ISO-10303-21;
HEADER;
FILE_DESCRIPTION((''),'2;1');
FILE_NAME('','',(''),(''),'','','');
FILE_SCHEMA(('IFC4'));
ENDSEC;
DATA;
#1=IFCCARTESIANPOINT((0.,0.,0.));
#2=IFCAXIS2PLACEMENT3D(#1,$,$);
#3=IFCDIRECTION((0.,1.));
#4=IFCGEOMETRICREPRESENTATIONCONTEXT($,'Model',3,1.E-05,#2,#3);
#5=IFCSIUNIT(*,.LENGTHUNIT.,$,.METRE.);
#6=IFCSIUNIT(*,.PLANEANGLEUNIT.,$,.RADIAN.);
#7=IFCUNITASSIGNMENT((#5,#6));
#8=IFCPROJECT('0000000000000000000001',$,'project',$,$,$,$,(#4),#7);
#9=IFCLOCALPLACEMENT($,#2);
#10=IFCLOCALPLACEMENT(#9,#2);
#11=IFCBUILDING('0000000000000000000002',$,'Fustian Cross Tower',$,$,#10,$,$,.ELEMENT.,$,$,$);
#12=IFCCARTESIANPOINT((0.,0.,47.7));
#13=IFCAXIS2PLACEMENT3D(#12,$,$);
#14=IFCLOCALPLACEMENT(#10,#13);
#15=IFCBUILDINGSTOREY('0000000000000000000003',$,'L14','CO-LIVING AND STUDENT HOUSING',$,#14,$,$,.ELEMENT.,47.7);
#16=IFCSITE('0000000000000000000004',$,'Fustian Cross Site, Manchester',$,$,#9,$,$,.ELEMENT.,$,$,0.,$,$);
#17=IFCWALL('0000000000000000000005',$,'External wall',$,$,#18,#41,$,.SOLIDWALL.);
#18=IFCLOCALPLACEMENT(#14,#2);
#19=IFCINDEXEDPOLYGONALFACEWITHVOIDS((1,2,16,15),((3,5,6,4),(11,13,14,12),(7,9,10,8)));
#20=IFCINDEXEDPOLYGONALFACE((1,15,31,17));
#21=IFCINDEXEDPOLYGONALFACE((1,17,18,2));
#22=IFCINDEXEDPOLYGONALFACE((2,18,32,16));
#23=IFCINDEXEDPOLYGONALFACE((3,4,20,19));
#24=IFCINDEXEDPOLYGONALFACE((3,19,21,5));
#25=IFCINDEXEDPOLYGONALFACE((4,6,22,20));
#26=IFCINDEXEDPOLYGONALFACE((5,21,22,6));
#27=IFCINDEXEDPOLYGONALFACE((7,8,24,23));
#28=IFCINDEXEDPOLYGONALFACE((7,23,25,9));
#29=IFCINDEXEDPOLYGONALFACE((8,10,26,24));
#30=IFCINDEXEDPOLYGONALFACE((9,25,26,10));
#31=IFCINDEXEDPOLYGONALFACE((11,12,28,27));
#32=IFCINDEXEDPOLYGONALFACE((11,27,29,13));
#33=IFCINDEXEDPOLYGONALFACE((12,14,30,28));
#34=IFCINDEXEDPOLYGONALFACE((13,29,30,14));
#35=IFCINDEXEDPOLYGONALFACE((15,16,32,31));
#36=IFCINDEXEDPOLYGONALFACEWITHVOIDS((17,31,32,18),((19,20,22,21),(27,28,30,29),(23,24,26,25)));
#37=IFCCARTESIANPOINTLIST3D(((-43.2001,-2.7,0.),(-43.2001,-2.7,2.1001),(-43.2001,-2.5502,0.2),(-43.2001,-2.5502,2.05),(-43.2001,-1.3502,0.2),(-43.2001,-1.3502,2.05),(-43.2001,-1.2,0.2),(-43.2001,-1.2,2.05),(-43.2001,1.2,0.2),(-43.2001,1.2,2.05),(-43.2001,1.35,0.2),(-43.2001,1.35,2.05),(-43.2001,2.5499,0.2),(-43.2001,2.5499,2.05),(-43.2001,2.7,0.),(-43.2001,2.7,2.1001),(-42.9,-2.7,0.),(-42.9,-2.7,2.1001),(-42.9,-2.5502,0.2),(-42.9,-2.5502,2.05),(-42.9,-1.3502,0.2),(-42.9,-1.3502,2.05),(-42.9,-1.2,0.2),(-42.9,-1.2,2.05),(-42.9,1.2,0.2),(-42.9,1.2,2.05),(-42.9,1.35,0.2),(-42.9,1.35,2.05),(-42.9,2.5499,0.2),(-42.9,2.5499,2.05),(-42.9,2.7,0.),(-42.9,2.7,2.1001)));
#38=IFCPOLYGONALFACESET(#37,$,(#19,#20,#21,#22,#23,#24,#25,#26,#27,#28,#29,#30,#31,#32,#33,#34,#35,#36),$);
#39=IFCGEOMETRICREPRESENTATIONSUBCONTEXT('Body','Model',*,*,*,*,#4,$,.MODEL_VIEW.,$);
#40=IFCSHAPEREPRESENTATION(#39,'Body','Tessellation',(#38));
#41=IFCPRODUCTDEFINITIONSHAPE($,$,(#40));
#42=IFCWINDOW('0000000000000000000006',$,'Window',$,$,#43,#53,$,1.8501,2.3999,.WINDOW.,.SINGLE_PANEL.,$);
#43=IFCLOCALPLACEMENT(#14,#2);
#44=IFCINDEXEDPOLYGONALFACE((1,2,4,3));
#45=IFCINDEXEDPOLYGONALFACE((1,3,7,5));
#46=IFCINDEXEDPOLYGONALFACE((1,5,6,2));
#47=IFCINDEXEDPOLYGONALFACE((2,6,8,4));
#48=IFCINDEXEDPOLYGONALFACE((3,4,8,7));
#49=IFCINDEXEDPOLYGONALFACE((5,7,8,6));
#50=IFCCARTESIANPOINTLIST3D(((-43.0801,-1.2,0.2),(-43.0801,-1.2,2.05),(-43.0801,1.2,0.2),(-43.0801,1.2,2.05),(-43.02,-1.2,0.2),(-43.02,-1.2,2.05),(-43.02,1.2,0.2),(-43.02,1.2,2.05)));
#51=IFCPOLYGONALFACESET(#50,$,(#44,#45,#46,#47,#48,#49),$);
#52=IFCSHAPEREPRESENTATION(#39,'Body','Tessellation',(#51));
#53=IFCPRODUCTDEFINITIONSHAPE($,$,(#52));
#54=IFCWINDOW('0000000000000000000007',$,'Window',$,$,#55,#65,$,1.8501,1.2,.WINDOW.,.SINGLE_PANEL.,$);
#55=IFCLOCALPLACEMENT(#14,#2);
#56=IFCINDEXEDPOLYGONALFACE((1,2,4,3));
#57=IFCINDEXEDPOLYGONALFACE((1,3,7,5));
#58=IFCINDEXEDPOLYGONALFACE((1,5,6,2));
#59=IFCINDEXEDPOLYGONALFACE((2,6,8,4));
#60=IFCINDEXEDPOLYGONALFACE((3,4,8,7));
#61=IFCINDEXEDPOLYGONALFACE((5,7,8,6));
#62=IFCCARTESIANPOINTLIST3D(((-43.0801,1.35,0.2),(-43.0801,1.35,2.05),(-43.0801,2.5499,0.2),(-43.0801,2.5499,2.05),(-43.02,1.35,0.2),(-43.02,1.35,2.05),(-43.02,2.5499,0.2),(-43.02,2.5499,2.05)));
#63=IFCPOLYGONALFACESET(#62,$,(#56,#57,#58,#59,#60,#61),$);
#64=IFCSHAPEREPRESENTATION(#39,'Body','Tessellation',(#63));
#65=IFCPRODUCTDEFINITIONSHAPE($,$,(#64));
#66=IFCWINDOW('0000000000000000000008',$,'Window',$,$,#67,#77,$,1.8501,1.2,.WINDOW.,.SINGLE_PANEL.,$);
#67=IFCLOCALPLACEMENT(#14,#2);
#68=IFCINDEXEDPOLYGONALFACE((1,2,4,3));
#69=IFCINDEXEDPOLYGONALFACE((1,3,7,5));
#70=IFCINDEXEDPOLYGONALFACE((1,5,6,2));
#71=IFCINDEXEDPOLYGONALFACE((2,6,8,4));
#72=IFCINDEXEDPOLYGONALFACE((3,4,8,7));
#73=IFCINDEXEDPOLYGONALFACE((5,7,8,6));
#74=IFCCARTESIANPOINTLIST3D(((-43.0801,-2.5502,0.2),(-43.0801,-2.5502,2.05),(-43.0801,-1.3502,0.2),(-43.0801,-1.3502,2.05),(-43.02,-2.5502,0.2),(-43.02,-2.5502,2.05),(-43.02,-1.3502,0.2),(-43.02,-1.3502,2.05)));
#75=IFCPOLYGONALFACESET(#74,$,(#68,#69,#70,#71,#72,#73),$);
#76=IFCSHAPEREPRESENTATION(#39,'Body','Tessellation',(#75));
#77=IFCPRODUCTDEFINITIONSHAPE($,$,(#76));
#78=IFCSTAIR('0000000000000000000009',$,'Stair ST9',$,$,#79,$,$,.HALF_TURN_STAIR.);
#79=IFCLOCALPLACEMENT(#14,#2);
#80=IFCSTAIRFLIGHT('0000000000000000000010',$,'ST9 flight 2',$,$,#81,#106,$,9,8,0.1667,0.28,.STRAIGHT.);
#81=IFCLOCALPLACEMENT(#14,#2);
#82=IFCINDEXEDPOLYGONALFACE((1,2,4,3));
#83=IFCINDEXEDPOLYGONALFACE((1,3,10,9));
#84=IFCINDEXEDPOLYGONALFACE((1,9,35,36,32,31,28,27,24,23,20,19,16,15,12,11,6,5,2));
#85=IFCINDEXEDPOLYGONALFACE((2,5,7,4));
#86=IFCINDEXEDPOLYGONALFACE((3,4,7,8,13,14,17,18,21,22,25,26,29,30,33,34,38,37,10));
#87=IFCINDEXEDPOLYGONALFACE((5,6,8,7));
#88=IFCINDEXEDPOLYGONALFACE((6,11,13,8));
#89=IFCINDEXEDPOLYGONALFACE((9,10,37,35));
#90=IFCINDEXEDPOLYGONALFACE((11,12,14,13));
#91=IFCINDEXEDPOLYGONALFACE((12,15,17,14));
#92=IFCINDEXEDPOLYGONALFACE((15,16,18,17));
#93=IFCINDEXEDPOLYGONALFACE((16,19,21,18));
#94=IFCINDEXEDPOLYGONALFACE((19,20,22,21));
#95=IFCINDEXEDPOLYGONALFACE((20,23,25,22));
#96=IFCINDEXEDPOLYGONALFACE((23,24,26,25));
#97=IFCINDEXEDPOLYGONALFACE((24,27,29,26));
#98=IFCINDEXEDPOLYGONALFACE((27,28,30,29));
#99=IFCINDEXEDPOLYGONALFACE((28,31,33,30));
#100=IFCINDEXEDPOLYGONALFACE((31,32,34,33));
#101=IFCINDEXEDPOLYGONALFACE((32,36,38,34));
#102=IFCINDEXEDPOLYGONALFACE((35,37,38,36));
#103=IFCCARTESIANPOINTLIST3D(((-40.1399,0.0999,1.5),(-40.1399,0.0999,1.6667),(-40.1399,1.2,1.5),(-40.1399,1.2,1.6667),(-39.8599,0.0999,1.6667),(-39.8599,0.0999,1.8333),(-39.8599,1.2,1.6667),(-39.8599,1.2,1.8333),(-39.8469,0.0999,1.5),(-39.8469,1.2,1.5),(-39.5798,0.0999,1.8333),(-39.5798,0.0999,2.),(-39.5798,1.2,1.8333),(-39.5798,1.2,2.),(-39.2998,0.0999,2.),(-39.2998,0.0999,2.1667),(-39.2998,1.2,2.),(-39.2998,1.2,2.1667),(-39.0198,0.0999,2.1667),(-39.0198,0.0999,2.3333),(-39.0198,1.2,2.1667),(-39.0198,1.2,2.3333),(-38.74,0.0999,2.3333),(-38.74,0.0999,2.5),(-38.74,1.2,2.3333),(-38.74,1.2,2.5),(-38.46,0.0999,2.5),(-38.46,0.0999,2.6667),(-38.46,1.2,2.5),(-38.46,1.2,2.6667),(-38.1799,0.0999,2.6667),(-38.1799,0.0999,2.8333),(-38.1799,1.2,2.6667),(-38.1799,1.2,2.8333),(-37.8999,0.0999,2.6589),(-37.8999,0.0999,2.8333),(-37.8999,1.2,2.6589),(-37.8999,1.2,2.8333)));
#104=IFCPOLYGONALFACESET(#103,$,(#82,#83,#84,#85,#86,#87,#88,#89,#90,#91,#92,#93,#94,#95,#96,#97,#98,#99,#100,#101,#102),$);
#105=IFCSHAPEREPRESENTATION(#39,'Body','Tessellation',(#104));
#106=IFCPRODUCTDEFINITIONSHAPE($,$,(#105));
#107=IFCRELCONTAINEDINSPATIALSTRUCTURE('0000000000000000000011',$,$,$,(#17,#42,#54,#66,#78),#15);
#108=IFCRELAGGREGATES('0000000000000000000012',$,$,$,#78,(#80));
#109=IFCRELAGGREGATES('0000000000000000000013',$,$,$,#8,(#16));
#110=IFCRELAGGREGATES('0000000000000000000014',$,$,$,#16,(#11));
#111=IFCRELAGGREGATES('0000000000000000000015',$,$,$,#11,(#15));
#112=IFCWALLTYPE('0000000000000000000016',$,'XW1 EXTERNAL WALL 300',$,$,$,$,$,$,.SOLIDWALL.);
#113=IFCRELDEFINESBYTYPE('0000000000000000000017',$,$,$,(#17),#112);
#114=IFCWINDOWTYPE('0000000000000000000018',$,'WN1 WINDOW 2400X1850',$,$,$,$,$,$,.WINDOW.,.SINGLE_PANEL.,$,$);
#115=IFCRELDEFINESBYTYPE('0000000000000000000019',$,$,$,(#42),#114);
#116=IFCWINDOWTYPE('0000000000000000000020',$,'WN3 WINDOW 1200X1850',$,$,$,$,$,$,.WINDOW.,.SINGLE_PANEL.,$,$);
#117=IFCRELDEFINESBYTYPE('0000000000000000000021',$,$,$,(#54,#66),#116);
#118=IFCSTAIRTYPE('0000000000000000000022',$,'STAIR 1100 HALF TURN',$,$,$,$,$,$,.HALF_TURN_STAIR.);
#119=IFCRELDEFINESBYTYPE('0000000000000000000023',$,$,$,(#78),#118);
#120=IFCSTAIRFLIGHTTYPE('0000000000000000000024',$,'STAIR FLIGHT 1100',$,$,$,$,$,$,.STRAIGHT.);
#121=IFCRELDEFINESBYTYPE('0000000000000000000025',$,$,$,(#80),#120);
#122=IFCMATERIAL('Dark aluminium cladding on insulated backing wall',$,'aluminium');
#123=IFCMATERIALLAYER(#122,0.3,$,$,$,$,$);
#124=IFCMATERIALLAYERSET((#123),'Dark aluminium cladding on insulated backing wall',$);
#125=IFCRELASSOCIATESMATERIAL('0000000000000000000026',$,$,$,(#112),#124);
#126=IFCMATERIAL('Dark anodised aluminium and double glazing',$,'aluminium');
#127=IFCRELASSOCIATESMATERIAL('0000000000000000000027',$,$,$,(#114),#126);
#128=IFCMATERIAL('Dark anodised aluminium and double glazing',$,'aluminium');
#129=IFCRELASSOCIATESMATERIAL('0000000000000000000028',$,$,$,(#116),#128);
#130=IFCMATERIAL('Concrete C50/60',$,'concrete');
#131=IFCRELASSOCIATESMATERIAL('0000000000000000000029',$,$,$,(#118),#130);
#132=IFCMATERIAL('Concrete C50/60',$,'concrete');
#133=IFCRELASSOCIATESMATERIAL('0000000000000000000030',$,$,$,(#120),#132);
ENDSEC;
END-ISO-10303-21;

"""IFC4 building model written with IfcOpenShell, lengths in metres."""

from ifc_helpers import new_model, si_unit, direction, frame, frame_2d, origin, place, context, subcontext, project, spatial, polyline, rectangle, outline, extrude, material, layer, layer_set, type_object, element, fill, aggregate, save


model = new_model("IFC4")

# Units and contexts
model_context = context("Model", 3, precision=1e-05, world=origin(), true_north=direction((0.0, 1.0)))
body_context = subcontext(model_context, "Body", "Model", "MODEL_VIEW")
ifc_project = project(units=[si_unit("LENGTHUNIT", "METRE"), si_unit("PLANEANGLEUNIT", "RADIAN")], contexts=[model_context])

# Site, building, storey
site_placement = place(None, origin())
site = spatial("IfcSite", under=ifc_project, at=site_placement, Name="Fustian Cross Site, Manchester", CompositionType="ELEMENT", RefElevation=0.0)
building_placement = place(site_placement, origin())
building = spatial("IfcBuilding", under=site, at=building_placement, Name="Fustian Cross Tower", CompositionType="ELEMENT")
storey_placement = place(building_placement, frame((0.0, 0.0, 47.7)))
storey = spatial("IfcBuildingStorey", under=building, at=storey_placement, Name="L14", Description="CO-LIVING AND STUDENT HOUSING", CompositionType="ELEMENT", Elevation=47.7)

# Shared definitions
ifc_material_1 = material(Name="Dark aluminium cladding on insulated backing wall", Category="aluminium")
ifc_layer_1 = layer(ifc_material_1, 0.3)
ifc_layer_set_1 = layer_set([ifc_layer_1], Name="Dark aluminium cladding on insulated backing wall")
wall_type_1 = type_object("IfcWallType", Name="XW1 EXTERNAL WALL 300", PredefinedType="SOLIDWALL", material=ifc_layer_set_1)

# Wall, openings, windows
wall_1_placement = place(storey_placement, frame((-43.05, 2.7, 0.0), z_axis=(0.0, 0.0, 1.0), x_axis=(0.0, -1.0, 0.0)))
wall_1 = element("IfcWall", 1, at=wall_1_placement, inside=storey, type_object=wall_type_1, Name="External wall", PredefinedType="SOLIDWALL", context=body_context, shape_type="SweptSolid", body=[
    extrude(rectangle(XDim=5.3999, YDim=0.3, at=frame_2d((2.7, 0.0))), origin(), (0.0, 0.0, 1.0), 2.1001),
])
opening_1_placement = place(wall_1_placement, frame((1.5, 0.0, 0.2)))
opening_1 = element("IfcOpeningElement", 2, at=opening_1_placement, cuts=wall_1, PredefinedType="OPENING", context=body_context, shape_type="SweptSolid", body=[
    extrude(rectangle(XDim=2.3999, YDim=1.8501, at=frame_2d((1.2, 0.925))), frame((0.0, 0.1599, 0.0), z_axis=(0.0, -1.0, 0.0), x_axis=(1.0, 0.0, 0.0)), (0.0, 0.0, 1.0), 0.3201),
])
opening_2_placement = place(wall_1_placement, frame((0.1499, 0.0, 0.2)))
opening_2 = element("IfcOpeningElement", 3, at=opening_2_placement, cuts=wall_1, PredefinedType="OPENING", context=body_context, shape_type="SweptSolid", body=[
    extrude(rectangle(XDim=1.2, YDim=1.8501, at=frame_2d((0.6001, 0.925))), frame((0.0, 0.1599, 0.0), z_axis=(0.0, -1.0, 0.0), x_axis=(1.0, 0.0, 0.0)), (0.0, 0.0, 1.0), 0.3201),
])
opening_3_placement = place(wall_1_placement, frame((4.05, 0.0, 0.2)))
opening_3 = element("IfcOpeningElement", 4, at=opening_3_placement, cuts=wall_1, PredefinedType="OPENING", context=body_context, shape_type="SweptSolid", body=[
    extrude(rectangle(XDim=1.2, YDim=1.8501, at=frame_2d((0.6001, 0.925))), frame((0.0, 0.1599, 0.0), z_axis=(0.0, -1.0, 0.0), x_axis=(1.0, 0.0, 0.0)), (0.0, 0.0, 1.0), 0.3201),
])
ifc_material_2 = material(Name="Dark anodised aluminium and double glazing", Category="aluminium")
window_type_1 = type_object("IfcWindowType", Name="WN1 WINDOW 2400X1850", PartitioningType="SINGLE_PANEL", PredefinedType="WINDOW", material=ifc_material_2)
window_1_placement = place(opening_1_placement, origin())
window_1 = element("IfcWindow", 5, at=window_1_placement, inside=storey, type_object=window_type_1, Name="Window", OverallHeight=1.8501, OverallWidth=2.3999, PartitioningType="SINGLE_PANEL", PredefinedType="WINDOW", context=body_context, shape_type="SweptSolid", body=[
    extrude(rectangle(XDim=2.3999, YDim=1.8501, at=frame_2d((1.2, 0.925))), frame((0.0, 0.03, 0.0), z_axis=(0.0, -1.0, 0.0), x_axis=(1.0, 0.0, 0.0)), (0.0, 0.0, 1.0), 0.0601),
])
fill(opening_1, window_1)
ifc_material_3 = material(Name="Dark anodised aluminium and double glazing", Category="aluminium")
window_type_2 = type_object("IfcWindowType", Name="WN3 WINDOW 1200X1850", PartitioningType="SINGLE_PANEL", PredefinedType="WINDOW", material=ifc_material_3)
window_2_placement = place(opening_2_placement, origin())
window_2 = element("IfcWindow", 6, at=window_2_placement, inside=storey, type_object=window_type_2, Name="Window", OverallHeight=1.8501, OverallWidth=1.2, PartitioningType="SINGLE_PANEL", PredefinedType="WINDOW", context=body_context, shape_type="SweptSolid", body=[
    extrude(rectangle(XDim=1.2, YDim=1.8501, at=frame_2d((0.6001, 0.925))), frame((0.0, 0.03, 0.0), z_axis=(0.0, -1.0, 0.0), x_axis=(1.0, 0.0, 0.0)), (0.0, 0.0, 1.0), 0.0601),
])
fill(opening_2, window_2)
window_3_placement = place(opening_3_placement, origin())
window_3 = element("IfcWindow", 7, at=window_3_placement, inside=storey, type_object=window_type_2, Name="Window", OverallHeight=1.8501, OverallWidth=1.2, PartitioningType="SINGLE_PANEL", PredefinedType="WINDOW", context=body_context, shape_type="SweptSolid", body=[
    extrude(rectangle(XDim=1.2, YDim=1.8501, at=frame_2d((0.6001, 0.925))), frame((0.0, 0.03, 0.0), z_axis=(0.0, -1.0, 0.0), x_axis=(1.0, 0.0, 0.0)), (0.0, 0.0, 1.0), 0.0601),
])
fill(opening_3, window_3)

# Stair, stair flight
ifc_material_4 = material(Name="Concrete C50/60", Category="concrete")
stair_type = type_object("IfcStairType", Name="STAIR 1100 HALF TURN", PredefinedType="HALF_TURN_STAIR", material=ifc_material_4)
stair_placement = place(storey_placement, origin())
stair = element("IfcStair", 8, at=stair_placement, inside=storey, type_object=stair_type, Name="Stair ST9", PredefinedType="HALF_TURN_STAIR")
ifc_material_5 = material(Name="Concrete C50/60", Category="concrete")
stair_flight_type = type_object("IfcStairFlightType", Name="STAIR FLIGHT 1100", PredefinedType="STRAIGHT", material=ifc_material_5)
stair_flight_placement = place(storey_placement, frame((-40.1399, 0.6499, 1.5), z_axis=(0.0, 0.0, 1.0), x_axis=(1.0, 0.0, 0.0)))
stair_flight = element("IfcStairFlight", 9, at=stair_flight_placement, type_object=stair_flight_type, Name="ST9 flight 2", NumberOfRisers=9, NumberOfTreads=8, PredefinedType="STRAIGHT", RiserHeight=0.1667, TreadLength=0.28, context=body_context, shape_type="SweptSolid", body=[
    extrude(outline(polyline([(0.0, 0.0), (0.0, 0.1667), (0.28, 0.1667), (0.28, 0.3333), (0.5601, 0.3333), (0.5601, 0.5), (0.8401, 0.5), (0.8401, 0.6667), (1.1201, 0.6667), (1.1201, 0.8333), (1.3999, 0.8333), (1.3999, 1.0), (1.6799, 1.0), (1.6799, 1.1667), (1.96, 1.1667), (1.96, 1.3333), (2.24, 1.3333), (2.24, 1.5), (2.24, 1.1589), (0.293, 0.0), (0.0, 0.0)])), frame((0.0, 0.55, 0.0), z_axis=(0.0, -1.0, 0.0), x_axis=(1.0, 0.0, 0.0)), (0.0, 0.0, 1.0), 1.1001),
])
aggregate(stair, [stair_flight])

save(model, "model.ifc")
